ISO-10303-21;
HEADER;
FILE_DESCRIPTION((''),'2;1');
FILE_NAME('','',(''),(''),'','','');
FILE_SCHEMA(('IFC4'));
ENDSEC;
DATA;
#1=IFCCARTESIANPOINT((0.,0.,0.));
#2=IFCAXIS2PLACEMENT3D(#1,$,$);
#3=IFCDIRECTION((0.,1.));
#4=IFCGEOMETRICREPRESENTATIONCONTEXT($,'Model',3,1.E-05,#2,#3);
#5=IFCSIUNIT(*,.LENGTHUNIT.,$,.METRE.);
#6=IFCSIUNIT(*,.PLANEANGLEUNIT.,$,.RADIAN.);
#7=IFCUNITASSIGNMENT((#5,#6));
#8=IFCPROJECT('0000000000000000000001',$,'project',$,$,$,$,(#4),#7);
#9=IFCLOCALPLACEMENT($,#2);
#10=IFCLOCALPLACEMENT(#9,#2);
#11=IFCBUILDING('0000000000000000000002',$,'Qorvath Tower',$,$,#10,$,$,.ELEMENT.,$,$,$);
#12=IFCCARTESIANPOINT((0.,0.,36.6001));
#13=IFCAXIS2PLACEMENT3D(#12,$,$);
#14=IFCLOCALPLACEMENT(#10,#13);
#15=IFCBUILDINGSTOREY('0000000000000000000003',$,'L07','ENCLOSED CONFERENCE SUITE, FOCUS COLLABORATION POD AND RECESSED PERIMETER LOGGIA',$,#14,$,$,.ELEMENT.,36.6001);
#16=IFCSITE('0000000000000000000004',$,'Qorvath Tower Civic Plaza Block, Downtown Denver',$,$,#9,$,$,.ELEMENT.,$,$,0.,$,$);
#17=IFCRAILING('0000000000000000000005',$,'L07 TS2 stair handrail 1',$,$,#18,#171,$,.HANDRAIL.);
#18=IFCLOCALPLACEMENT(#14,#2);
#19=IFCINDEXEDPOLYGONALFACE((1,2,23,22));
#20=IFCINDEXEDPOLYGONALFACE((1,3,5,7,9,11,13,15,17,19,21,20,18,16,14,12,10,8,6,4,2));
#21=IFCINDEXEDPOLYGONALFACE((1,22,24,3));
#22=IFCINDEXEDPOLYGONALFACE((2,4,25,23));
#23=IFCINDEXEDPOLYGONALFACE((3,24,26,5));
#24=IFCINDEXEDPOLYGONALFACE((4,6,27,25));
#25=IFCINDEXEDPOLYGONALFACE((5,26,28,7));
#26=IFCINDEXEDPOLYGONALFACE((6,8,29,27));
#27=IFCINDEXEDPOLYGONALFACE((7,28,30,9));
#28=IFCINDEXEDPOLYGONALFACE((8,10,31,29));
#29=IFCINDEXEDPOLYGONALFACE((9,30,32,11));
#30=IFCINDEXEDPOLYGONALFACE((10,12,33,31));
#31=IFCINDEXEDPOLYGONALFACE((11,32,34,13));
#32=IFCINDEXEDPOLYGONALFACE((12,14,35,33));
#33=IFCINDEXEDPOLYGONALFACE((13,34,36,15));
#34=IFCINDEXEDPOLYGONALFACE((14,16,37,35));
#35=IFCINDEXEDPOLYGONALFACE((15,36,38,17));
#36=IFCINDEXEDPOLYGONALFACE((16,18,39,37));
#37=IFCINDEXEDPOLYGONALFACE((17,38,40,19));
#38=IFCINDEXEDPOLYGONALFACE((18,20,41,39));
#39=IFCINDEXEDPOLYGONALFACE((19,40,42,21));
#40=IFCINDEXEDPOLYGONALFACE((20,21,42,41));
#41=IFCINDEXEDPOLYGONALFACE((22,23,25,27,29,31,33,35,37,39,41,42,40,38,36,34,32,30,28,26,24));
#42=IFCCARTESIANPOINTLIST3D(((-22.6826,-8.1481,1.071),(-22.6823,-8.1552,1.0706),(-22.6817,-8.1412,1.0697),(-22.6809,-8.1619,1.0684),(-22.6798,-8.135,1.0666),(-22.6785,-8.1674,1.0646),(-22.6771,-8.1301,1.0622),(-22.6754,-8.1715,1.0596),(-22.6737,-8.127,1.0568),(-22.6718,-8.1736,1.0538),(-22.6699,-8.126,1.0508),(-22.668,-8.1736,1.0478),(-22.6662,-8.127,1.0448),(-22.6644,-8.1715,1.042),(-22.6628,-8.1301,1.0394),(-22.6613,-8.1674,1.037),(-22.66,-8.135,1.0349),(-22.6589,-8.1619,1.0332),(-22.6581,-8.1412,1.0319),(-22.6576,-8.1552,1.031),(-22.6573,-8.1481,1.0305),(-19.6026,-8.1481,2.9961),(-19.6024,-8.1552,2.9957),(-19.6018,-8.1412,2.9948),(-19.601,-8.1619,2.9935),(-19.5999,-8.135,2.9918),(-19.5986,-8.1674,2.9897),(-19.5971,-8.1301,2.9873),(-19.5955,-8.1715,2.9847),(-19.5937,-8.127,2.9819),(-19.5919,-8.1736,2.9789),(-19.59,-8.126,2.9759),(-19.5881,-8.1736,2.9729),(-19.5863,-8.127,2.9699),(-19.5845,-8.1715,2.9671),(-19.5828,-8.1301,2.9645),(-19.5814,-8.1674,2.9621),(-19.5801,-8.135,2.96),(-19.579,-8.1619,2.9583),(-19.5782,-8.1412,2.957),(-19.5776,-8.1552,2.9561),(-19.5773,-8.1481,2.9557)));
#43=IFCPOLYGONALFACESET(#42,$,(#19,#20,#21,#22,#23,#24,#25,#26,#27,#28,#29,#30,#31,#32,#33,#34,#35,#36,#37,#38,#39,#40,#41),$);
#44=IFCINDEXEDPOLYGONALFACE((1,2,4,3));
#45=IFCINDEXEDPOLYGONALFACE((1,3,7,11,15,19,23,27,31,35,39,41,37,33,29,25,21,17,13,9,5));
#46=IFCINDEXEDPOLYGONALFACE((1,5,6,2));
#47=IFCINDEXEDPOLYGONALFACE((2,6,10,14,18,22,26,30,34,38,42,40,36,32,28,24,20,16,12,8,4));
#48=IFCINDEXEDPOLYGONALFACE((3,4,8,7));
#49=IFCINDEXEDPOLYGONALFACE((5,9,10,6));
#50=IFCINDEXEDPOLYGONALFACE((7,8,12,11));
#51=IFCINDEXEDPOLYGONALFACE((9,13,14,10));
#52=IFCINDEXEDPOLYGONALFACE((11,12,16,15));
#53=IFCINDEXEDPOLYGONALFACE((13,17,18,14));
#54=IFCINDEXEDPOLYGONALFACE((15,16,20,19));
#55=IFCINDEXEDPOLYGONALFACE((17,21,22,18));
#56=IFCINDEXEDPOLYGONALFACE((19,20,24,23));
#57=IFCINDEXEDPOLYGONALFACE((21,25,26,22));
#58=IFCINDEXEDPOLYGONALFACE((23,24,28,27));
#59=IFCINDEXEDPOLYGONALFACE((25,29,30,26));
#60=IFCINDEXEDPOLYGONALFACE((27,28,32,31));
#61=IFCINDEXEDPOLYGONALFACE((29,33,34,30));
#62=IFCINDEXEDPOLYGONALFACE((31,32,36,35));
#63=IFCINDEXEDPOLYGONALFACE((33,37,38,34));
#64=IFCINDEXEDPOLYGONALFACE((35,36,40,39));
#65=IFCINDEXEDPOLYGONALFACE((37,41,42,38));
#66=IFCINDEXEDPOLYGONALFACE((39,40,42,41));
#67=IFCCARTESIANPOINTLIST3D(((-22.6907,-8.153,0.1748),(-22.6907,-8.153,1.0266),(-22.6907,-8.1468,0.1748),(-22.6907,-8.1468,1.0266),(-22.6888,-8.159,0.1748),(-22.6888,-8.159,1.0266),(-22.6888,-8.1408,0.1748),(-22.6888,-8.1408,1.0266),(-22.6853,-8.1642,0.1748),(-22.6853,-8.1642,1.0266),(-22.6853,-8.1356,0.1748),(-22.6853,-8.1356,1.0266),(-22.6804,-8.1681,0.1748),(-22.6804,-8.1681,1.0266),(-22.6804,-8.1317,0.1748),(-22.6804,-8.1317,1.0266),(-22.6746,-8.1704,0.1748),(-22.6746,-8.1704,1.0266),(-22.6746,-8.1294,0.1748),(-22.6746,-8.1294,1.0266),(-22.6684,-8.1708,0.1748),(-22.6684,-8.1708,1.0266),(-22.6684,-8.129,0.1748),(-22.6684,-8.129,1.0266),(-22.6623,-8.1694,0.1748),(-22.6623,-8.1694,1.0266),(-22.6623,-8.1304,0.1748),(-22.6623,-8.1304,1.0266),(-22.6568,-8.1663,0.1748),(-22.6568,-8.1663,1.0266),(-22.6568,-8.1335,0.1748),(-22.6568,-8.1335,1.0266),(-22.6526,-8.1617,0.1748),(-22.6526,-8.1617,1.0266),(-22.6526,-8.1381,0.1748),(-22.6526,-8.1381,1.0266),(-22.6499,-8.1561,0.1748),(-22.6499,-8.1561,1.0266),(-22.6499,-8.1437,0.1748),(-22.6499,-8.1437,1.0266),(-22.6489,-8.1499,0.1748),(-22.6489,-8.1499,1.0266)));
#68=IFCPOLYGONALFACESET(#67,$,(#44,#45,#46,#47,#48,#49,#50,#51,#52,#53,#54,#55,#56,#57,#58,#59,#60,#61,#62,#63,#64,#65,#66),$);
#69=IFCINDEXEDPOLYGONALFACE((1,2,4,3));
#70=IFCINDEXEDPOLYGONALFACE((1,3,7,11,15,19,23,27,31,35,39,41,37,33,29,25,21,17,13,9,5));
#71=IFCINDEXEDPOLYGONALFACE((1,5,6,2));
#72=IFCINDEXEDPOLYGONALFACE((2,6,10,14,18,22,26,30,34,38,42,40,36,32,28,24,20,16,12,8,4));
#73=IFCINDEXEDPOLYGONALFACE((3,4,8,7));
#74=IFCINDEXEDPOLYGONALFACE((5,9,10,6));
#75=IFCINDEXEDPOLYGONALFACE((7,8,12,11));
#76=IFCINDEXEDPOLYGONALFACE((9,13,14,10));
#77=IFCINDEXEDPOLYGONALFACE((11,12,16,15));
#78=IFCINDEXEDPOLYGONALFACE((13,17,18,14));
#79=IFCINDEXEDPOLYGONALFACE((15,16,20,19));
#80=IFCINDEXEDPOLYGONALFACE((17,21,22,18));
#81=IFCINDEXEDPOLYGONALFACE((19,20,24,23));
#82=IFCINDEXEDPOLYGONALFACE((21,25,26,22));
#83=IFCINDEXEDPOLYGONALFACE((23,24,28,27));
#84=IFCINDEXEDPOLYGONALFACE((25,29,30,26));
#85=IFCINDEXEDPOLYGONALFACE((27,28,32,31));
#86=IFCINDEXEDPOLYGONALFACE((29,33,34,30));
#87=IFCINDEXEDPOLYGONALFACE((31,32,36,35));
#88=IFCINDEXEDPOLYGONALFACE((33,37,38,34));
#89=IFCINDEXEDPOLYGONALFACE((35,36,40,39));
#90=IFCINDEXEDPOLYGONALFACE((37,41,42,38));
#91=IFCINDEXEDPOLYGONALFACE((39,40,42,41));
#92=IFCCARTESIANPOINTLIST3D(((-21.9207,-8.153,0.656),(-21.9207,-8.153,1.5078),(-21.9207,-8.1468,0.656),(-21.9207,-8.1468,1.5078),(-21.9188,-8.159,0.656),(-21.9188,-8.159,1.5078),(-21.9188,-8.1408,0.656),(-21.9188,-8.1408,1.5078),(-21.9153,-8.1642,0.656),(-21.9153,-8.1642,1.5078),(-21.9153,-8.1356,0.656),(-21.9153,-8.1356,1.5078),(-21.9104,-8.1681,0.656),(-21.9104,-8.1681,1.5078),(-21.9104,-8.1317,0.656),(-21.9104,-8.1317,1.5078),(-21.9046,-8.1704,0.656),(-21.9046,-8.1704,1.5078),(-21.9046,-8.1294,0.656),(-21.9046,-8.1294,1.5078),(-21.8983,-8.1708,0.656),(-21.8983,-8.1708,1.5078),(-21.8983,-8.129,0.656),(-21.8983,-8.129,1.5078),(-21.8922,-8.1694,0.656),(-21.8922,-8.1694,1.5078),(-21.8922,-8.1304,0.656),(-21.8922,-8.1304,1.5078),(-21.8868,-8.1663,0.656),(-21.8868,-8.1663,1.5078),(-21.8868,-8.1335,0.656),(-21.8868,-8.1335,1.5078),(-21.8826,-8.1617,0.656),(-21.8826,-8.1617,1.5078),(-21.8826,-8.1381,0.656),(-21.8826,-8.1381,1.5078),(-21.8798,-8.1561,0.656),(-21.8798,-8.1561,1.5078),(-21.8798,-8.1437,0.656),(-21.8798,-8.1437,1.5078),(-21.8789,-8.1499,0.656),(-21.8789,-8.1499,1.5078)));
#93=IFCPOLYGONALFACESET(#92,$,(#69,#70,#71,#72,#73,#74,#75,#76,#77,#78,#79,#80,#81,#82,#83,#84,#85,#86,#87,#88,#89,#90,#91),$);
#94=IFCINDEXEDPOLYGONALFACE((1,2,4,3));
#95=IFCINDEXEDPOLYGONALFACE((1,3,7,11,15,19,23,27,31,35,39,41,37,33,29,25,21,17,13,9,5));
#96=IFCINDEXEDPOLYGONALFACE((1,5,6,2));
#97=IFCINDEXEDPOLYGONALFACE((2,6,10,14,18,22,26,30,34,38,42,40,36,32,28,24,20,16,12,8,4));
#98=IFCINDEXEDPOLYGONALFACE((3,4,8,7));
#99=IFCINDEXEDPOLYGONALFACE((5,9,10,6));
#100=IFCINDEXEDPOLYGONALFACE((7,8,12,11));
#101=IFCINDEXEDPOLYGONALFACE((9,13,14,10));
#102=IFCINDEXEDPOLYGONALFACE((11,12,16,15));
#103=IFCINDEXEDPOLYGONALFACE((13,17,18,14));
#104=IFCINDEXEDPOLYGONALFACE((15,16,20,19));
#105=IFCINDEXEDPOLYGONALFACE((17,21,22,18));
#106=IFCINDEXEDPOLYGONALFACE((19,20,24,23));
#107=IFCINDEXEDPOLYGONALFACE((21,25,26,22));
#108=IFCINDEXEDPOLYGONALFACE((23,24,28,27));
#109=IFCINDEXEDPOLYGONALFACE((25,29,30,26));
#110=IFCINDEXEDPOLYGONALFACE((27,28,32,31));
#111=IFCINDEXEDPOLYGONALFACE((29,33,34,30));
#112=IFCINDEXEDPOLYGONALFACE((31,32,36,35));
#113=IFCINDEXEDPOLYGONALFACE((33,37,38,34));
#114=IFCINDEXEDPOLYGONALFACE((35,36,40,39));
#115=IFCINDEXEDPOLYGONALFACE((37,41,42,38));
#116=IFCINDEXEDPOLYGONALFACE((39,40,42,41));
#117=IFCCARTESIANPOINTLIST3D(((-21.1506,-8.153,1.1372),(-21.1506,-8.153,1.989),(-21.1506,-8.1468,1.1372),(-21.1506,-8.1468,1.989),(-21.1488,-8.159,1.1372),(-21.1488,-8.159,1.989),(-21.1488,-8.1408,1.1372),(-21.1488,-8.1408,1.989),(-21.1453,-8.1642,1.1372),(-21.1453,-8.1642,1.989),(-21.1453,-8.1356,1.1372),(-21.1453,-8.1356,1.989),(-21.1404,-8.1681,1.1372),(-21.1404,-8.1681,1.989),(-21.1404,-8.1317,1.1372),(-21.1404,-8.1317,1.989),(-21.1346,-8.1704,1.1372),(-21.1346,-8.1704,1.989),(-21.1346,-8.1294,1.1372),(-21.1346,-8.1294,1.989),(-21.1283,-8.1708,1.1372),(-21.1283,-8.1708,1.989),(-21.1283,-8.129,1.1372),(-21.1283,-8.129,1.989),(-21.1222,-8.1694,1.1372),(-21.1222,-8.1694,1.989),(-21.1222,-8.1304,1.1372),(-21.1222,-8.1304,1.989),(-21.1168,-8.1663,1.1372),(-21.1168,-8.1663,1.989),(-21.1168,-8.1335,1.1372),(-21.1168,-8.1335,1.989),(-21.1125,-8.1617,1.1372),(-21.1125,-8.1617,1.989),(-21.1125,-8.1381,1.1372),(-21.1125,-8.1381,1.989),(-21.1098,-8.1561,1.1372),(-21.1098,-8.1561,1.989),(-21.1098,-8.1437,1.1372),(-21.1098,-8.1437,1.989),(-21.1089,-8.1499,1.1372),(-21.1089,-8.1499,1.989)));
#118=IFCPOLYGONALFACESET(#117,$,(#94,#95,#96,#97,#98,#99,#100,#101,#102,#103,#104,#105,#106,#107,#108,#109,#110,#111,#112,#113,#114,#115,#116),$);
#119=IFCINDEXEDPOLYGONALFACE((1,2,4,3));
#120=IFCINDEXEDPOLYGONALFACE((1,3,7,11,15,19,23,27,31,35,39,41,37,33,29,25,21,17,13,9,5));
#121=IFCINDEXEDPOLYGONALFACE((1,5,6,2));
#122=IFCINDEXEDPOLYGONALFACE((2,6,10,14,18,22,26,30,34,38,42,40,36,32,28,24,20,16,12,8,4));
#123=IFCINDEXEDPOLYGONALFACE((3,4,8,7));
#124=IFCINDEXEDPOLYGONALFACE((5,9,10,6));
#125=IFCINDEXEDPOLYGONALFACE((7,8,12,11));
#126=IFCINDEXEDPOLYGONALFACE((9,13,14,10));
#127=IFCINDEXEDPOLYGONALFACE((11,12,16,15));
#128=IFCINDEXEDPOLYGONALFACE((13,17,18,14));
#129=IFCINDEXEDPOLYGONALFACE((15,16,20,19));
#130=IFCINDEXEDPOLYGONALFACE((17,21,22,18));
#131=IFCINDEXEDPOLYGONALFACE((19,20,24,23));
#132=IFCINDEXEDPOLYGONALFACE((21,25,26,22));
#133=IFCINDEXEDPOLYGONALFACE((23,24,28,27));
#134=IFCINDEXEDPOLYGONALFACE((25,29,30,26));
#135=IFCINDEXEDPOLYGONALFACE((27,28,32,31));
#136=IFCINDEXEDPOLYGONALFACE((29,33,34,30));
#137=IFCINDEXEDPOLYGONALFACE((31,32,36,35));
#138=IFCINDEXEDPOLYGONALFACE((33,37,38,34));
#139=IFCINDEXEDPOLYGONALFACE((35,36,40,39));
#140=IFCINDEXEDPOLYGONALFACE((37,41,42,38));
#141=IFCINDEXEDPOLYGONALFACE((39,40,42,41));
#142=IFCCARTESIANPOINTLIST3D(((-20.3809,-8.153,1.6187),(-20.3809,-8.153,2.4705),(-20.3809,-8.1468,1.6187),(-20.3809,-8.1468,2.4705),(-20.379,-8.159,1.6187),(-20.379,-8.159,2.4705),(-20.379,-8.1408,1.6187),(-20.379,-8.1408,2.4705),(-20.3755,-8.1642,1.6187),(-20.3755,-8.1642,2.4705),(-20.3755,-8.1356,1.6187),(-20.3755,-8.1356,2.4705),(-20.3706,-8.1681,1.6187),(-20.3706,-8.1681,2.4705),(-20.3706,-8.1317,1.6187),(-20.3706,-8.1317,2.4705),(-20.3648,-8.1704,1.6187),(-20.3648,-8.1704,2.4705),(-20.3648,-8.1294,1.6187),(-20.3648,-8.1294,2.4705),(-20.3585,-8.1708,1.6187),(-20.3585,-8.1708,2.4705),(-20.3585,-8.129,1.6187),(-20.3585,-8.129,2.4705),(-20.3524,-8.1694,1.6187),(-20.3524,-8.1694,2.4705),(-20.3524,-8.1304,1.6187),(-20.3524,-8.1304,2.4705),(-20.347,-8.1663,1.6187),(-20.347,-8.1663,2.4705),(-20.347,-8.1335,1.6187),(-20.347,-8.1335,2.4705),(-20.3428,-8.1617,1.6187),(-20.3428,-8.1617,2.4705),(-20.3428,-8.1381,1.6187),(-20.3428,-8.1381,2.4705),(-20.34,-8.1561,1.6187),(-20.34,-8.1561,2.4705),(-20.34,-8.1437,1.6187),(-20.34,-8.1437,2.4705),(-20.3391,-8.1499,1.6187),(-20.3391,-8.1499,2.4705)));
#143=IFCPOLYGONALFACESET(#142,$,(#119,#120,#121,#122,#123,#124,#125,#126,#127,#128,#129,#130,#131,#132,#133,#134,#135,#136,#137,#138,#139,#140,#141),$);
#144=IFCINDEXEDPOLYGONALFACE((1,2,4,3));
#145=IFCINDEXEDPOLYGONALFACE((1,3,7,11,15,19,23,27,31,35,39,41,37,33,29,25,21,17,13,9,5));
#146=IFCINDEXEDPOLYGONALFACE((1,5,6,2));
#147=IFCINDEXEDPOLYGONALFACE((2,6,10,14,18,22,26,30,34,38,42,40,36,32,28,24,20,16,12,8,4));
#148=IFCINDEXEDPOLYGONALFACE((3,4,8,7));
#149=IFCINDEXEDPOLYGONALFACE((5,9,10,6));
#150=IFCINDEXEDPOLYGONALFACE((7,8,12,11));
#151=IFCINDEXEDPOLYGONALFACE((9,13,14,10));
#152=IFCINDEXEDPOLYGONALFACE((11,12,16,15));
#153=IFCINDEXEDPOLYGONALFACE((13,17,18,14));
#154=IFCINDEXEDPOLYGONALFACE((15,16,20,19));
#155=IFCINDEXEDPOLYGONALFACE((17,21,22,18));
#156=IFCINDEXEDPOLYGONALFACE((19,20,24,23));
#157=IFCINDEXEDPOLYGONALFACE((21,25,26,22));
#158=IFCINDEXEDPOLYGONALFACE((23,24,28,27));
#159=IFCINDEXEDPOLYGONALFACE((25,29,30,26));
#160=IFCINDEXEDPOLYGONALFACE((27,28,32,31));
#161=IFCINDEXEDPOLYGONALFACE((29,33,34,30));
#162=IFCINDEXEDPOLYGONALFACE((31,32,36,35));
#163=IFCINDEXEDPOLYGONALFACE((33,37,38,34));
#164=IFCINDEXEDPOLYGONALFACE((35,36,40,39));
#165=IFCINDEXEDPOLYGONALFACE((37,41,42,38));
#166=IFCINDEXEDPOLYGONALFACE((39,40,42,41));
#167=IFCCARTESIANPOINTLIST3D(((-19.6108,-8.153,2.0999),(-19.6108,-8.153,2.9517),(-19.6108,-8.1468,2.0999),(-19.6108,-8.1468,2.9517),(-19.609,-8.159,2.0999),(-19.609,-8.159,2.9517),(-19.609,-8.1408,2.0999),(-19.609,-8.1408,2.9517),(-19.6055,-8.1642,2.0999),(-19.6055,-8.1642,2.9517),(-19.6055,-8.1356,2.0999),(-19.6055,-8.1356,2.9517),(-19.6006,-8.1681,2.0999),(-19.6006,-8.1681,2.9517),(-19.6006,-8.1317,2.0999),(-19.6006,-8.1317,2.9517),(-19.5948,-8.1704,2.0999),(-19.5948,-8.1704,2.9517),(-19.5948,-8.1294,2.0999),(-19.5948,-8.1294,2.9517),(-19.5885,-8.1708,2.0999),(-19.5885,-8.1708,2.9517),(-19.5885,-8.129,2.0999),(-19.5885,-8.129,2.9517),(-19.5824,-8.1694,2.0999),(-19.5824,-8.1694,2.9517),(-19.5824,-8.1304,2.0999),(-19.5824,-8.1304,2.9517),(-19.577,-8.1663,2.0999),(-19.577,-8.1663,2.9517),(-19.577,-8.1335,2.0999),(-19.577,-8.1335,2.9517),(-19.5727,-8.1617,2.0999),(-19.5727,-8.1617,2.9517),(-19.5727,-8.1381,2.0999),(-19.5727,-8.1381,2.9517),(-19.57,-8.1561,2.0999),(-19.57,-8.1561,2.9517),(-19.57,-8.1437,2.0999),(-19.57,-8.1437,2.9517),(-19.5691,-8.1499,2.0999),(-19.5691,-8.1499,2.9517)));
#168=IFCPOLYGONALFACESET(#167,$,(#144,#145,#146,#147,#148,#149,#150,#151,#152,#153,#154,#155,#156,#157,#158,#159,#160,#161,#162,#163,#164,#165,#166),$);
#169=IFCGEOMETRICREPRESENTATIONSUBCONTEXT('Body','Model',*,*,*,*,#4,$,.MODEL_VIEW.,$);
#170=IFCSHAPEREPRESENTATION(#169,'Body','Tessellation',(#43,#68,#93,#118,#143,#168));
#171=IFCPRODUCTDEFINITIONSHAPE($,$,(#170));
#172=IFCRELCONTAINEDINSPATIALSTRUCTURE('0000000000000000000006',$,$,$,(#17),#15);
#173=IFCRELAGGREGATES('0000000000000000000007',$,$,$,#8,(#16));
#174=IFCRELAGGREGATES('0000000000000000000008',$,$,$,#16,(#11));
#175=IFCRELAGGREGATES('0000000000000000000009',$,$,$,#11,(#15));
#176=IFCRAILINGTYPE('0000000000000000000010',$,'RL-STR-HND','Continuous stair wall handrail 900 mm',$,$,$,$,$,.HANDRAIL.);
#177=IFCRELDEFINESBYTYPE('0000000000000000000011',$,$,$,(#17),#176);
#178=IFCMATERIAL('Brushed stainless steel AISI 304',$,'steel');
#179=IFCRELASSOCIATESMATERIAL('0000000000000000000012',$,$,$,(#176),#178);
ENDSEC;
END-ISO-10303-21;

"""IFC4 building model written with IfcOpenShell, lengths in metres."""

from ifc_helpers import new_model, si_unit, direction, frame, origin, origin_2d, place, context, subcontext, project, spatial, circle, extrude, material, type_object, element, save


model = new_model("IFC4")

# Units and contexts
model_context = context("Model", 3, precision=1e-05, world=origin(), true_north=direction((0.0, 1.0)))
body_context = subcontext(model_context, "Body", "Model", "MODEL_VIEW")
ifc_project = project(units=[si_unit("LENGTHUNIT", "METRE"), si_unit("PLANEANGLEUNIT", "RADIAN")], contexts=[model_context])

# Site, building, storey
site_placement = place(None, origin())
site = spatial("IfcSite", under=ifc_project, at=site_placement, Name="Qorvath Tower Civic Plaza Block, Downtown Denver", CompositionType="ELEMENT", RefElevation=0.0)
building_placement = place(site_placement, origin())
building = spatial("IfcBuilding", under=site, at=building_placement, Name="Qorvath Tower", CompositionType="ELEMENT")
storey_placement = place(building_placement, frame((0.0, 0.0, 36.6001)))
storey = spatial("IfcBuildingStorey", under=building, at=storey_placement, Name="L07", Description="ENCLOSED CONFERENCE SUITE, FOCUS COLLABORATION POD AND RECESSED PERIMETER LOGGIA", CompositionType="ELEMENT", Elevation=36.6001)

# Railing
ifc_material_1 = material(Name="Brushed stainless steel AISI 304", Category="steel")
railing_type = type_object("IfcRailingType", Name="RL-STR-HND", Description="Continuous stair wall handrail 900 mm", PredefinedType="HANDRAIL", material=ifc_material_1)
railing_placement = place(storey_placement, frame((-22.6699, -8.1499, 0.1748)))
element("IfcRailing", 1, at=railing_placement, inside=storey, type_object=railing_type, Name="L07 TS2 stair handrail 1", PredefinedType="HANDRAIL", context=body_context, shape_type="SweptSolid", body=[
    extrude(circle(Radius=0.0239, at=origin_2d()), frame((0.0, 0.0, 0.876), z_axis=(0.847979, 0.0, 0.530029), x_axis=(0.0, 1.0, 0.0)), (0.0, 0.0, 1.0), 3.6321),
    extrude(circle(Radius=0.021, at=origin_2d()), origin(), (0.0, 0.0, 1.0), 0.8518),
    extrude(circle(Radius=0.021, at=origin_2d()), frame((0.77, 0.0, 0.4812)), (0.0, 0.0, 1.0), 0.8518),
    extrude(circle(Radius=0.021, at=origin_2d()), frame((1.54, 0.0, 0.9624)), (0.0, 0.0, 1.0), 0.8518),
    extrude(circle(Radius=0.021, at=origin_2d()), frame((2.3098, 0.0, 1.4438)), (0.0, 0.0, 1.0), 0.8518),
    extrude(circle(Radius=0.021, at=origin_2d()), frame((3.0798, 0.0, 1.925)), (0.0, 0.0, 1.0), 0.8518),
])

save(model, "model.ifc")
